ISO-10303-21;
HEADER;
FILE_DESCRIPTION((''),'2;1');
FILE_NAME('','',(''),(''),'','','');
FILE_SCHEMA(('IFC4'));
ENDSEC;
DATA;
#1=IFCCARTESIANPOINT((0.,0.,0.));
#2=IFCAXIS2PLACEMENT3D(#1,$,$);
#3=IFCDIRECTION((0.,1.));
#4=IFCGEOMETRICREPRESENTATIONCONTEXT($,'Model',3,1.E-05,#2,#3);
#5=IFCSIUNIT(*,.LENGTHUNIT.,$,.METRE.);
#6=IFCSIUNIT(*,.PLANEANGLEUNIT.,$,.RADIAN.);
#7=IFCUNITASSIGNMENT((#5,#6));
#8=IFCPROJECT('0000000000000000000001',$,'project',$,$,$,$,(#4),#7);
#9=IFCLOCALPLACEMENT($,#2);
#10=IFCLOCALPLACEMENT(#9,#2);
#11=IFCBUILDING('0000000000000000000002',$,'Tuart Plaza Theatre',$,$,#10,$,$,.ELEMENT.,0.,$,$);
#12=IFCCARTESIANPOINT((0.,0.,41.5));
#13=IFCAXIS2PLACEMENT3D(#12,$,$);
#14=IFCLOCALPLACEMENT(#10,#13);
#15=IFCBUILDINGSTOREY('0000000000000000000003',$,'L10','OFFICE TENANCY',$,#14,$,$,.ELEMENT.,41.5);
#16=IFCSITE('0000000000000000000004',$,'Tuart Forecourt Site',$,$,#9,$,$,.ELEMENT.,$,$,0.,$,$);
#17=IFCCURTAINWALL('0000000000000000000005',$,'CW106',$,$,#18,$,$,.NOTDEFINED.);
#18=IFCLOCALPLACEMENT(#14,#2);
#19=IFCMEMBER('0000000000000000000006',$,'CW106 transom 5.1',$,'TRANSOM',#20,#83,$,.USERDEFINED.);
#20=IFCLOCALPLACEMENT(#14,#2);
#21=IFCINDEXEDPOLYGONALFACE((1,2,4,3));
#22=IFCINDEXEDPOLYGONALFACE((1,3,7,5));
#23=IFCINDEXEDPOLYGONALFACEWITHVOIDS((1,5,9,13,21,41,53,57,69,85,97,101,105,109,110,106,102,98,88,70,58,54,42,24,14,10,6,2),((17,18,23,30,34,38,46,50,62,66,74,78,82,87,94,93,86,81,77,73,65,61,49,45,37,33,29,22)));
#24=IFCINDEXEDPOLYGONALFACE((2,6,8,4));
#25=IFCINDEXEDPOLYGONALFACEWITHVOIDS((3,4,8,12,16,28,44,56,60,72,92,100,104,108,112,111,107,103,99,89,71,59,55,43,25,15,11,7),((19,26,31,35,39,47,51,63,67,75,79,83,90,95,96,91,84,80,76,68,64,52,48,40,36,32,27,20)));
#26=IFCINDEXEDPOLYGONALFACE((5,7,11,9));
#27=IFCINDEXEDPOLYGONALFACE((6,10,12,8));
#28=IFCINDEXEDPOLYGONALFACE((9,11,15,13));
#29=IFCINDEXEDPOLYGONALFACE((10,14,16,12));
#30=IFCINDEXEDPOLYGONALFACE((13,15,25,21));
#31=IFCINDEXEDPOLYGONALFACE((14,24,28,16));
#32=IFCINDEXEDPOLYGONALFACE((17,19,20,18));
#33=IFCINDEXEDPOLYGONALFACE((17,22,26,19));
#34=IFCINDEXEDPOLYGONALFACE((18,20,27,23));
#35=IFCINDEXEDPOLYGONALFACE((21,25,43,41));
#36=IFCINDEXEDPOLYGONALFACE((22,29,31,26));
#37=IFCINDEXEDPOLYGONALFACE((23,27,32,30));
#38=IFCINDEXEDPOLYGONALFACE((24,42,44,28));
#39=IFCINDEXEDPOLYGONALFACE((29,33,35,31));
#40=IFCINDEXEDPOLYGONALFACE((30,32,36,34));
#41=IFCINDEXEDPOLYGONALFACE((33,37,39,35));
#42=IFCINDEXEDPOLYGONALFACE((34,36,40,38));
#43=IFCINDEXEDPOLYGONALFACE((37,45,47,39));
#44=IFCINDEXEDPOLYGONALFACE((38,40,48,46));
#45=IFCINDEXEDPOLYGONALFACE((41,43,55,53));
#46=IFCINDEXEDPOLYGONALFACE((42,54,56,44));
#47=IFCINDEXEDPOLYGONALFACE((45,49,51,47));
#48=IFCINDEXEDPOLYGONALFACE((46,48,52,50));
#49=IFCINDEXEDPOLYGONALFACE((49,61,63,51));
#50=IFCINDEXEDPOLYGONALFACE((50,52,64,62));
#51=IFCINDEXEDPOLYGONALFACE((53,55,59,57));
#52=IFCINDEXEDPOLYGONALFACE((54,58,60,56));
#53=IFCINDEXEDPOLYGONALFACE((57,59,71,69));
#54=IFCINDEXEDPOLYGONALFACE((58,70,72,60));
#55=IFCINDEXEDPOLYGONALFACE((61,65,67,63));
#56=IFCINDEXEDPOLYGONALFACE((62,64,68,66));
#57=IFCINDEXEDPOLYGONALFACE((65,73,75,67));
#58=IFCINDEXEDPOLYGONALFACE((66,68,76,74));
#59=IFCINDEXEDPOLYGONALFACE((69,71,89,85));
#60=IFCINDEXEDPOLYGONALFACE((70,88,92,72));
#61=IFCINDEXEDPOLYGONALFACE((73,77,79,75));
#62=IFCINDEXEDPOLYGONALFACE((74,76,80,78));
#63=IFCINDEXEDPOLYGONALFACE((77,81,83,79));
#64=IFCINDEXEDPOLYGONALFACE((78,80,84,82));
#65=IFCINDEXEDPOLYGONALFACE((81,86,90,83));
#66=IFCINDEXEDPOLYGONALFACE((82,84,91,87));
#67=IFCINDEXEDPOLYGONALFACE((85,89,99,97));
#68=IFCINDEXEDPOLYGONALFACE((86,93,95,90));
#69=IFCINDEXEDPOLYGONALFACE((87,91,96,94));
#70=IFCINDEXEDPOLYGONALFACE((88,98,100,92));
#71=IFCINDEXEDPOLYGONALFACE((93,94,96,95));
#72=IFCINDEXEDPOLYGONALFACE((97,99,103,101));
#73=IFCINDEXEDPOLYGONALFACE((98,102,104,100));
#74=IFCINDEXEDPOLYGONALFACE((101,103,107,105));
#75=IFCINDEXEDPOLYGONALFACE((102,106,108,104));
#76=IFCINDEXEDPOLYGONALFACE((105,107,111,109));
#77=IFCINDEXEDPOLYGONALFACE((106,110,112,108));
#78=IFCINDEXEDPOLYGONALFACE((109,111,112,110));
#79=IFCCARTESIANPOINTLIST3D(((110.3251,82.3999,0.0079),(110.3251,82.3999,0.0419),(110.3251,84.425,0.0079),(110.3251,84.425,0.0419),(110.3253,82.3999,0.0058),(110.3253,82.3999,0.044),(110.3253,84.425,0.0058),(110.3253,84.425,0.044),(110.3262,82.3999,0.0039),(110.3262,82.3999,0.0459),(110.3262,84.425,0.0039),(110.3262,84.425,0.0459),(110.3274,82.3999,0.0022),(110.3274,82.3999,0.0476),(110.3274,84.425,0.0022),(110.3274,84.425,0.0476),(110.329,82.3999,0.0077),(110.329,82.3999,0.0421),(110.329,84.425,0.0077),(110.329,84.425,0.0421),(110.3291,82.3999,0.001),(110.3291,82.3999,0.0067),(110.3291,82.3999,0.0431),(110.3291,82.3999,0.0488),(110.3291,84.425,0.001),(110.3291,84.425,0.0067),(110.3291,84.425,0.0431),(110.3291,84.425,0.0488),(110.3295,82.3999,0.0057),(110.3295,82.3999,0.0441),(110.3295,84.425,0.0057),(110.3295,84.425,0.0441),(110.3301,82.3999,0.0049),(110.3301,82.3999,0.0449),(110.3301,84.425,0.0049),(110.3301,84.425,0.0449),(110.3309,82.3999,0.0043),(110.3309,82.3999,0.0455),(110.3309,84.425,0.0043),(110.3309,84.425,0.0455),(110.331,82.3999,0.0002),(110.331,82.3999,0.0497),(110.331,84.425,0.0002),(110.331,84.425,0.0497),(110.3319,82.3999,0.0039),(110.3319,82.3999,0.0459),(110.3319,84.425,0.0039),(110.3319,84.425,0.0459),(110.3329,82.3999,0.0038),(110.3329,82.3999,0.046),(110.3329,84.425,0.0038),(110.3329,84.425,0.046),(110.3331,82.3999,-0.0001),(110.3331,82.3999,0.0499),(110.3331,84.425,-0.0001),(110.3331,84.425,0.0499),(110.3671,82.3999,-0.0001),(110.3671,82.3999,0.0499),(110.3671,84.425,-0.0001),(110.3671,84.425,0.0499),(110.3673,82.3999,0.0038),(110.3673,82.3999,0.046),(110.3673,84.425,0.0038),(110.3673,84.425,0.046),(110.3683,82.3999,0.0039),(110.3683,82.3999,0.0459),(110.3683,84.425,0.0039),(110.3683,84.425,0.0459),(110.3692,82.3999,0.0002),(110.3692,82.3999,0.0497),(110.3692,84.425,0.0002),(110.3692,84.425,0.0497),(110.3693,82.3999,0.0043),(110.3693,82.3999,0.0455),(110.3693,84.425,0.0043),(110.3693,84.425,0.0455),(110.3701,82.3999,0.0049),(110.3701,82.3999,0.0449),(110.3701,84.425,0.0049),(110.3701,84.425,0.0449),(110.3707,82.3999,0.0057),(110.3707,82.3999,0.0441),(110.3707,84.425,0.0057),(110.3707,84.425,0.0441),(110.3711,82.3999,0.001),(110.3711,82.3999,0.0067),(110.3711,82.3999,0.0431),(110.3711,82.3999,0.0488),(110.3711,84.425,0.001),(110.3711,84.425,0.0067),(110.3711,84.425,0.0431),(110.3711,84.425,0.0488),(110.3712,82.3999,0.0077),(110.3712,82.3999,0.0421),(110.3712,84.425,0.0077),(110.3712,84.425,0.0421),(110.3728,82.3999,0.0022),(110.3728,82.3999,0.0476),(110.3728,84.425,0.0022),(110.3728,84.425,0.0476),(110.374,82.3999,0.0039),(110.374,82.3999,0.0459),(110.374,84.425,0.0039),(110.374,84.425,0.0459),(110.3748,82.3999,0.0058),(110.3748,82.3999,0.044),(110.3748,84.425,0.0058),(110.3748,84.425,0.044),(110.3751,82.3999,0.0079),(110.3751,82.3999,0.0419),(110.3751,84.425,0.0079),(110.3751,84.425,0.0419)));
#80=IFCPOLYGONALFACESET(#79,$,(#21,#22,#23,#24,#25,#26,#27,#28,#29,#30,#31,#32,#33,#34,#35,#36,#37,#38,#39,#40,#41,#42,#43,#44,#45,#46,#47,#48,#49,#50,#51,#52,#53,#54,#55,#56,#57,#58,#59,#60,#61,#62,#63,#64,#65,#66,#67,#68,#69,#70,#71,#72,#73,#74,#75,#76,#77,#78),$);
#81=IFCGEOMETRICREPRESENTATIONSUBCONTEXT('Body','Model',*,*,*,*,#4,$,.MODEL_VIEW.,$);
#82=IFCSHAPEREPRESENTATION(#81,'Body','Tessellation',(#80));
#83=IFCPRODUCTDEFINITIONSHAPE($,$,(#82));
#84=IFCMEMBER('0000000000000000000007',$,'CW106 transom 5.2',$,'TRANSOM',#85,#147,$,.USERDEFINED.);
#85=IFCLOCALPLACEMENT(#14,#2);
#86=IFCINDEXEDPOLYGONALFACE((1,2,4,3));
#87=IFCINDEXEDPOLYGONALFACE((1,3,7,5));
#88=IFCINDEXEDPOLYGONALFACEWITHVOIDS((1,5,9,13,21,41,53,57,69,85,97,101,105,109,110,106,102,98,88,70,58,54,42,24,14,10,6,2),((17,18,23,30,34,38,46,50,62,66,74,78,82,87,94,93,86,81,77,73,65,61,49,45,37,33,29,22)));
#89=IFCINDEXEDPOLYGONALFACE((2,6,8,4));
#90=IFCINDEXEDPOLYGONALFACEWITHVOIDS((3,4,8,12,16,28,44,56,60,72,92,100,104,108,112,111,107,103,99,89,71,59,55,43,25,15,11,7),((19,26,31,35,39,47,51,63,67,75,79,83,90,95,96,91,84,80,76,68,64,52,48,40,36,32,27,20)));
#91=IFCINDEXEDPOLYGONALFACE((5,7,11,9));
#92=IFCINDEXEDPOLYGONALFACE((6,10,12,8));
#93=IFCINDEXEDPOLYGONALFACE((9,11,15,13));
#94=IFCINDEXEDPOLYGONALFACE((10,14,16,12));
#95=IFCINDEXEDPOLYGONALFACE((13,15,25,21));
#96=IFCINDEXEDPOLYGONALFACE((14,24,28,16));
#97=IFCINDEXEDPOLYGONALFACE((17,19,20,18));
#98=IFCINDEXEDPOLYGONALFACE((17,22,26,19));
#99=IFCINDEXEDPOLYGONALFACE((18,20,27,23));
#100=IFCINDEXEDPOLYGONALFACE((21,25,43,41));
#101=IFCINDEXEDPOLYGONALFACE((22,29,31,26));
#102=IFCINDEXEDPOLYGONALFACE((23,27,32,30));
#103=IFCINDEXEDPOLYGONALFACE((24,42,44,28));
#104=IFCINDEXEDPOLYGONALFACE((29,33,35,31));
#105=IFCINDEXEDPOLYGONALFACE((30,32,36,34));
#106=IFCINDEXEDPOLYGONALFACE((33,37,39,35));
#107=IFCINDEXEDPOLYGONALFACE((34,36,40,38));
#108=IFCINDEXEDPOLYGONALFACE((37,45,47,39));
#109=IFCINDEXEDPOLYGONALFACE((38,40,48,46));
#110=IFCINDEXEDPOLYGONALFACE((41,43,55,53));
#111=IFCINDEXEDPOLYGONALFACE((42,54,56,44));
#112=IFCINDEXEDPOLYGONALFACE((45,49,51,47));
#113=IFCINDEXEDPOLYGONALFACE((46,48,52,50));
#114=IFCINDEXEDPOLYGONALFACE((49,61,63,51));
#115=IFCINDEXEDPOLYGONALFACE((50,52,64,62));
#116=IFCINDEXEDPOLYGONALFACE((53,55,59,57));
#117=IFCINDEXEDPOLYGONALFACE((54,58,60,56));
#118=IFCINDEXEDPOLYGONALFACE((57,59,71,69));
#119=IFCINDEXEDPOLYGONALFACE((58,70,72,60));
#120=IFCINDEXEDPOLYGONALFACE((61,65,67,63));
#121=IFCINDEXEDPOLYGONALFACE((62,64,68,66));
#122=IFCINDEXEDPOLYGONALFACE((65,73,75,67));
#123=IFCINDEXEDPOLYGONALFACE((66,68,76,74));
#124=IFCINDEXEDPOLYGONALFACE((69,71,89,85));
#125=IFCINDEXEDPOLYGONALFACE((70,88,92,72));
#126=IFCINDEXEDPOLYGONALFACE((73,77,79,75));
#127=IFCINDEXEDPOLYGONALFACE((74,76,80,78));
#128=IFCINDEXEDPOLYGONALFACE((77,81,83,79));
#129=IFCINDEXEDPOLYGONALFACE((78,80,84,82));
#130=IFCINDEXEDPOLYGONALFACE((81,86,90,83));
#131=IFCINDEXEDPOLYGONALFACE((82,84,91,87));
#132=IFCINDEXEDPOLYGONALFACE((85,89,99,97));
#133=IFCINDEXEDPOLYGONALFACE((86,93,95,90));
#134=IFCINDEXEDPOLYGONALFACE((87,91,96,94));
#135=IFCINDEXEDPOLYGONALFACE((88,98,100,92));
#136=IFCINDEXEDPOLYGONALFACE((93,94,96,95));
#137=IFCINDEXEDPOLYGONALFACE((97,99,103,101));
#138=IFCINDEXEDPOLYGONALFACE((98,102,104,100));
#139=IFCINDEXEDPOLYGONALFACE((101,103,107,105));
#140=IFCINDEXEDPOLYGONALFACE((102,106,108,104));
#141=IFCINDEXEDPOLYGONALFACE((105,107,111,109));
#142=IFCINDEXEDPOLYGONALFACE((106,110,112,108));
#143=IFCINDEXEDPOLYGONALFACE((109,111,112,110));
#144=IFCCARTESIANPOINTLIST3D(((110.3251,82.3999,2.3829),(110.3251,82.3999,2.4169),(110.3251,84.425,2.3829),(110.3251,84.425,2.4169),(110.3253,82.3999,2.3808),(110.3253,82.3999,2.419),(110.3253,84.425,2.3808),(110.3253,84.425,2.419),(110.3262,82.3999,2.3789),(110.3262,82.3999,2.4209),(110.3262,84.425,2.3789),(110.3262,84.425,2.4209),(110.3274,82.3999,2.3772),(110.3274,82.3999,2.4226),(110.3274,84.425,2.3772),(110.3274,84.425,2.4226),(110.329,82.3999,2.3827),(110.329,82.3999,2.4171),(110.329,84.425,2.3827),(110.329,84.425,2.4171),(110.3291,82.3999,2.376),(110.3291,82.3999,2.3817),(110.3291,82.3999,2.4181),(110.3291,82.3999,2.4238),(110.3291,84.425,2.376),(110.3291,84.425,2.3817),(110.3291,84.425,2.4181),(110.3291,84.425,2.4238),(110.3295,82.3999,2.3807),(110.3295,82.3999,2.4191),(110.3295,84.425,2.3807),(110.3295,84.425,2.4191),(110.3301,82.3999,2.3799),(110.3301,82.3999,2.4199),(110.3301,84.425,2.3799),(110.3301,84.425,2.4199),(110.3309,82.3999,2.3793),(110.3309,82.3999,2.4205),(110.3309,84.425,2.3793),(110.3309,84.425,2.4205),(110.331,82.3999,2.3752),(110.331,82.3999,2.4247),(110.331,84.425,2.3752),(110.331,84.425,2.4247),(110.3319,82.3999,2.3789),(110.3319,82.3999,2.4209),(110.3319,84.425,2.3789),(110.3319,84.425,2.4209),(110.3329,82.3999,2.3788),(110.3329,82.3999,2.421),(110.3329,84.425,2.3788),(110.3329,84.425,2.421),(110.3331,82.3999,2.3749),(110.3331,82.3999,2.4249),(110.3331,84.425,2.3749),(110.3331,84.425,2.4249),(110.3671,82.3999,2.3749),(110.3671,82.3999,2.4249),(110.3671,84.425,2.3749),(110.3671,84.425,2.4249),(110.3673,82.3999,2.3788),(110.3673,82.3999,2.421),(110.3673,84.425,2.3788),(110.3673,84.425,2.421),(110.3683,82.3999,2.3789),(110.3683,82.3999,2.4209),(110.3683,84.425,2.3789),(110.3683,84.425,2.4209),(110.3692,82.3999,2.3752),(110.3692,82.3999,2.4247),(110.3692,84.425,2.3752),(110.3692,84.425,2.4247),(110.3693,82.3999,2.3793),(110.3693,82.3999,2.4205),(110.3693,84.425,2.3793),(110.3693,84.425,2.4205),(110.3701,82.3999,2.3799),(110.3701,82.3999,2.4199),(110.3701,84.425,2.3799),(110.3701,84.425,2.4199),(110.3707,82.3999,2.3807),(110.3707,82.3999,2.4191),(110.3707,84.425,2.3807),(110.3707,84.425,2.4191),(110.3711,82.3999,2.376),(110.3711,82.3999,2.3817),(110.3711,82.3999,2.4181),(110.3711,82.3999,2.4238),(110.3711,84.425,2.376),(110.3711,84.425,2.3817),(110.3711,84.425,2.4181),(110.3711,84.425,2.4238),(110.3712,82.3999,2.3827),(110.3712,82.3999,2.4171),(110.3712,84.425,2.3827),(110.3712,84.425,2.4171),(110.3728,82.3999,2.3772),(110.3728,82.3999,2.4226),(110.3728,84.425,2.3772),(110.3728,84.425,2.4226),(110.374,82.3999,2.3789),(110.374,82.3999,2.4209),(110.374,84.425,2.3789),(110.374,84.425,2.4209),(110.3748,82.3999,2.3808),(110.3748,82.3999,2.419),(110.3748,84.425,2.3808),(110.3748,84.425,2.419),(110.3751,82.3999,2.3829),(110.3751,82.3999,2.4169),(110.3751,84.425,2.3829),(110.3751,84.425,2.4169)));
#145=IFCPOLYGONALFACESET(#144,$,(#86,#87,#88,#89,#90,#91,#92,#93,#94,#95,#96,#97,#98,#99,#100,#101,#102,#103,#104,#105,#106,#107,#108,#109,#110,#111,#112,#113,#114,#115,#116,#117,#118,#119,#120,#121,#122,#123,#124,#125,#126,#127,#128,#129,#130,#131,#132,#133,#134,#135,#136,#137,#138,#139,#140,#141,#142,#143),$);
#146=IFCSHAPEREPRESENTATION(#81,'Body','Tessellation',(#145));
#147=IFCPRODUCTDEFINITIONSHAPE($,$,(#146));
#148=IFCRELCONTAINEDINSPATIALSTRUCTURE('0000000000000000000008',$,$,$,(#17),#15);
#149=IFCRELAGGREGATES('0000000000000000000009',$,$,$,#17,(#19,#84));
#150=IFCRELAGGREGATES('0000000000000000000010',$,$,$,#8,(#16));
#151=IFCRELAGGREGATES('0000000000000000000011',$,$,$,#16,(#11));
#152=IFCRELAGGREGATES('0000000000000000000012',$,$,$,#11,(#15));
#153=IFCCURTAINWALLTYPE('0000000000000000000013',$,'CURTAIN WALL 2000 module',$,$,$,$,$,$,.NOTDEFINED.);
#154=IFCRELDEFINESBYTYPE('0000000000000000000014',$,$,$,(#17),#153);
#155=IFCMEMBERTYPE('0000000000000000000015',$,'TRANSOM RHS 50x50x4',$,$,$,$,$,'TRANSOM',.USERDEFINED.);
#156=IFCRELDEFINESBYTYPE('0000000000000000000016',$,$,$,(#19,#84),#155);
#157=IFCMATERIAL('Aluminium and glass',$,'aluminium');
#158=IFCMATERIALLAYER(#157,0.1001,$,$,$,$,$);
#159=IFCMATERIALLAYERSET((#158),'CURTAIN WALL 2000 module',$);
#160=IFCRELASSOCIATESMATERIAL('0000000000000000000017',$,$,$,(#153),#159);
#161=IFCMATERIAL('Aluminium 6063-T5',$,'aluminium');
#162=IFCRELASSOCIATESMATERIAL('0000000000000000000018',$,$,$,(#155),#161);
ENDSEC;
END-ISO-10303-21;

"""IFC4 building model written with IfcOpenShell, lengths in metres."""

from ifc_helpers import new_model, si_unit, direction, frame, origin, origin_2d, place, context, subcontext, project, spatial, hollow_rectangle, extrude, material, layer, layer_set, material_profile, profile_set, type_object, element, aggregate, save


model = new_model("IFC4")

# Units and contexts
model_context = context("Model", 3, precision=1e-05, world=origin(), true_north=direction((0.0, 1.0)))
body_context = subcontext(model_context, "Body", "Model", "MODEL_VIEW")
ifc_project = project(units=[si_unit("LENGTHUNIT", "METRE"), si_unit("PLANEANGLEUNIT", "RADIAN")], contexts=[model_context])

# Site, building, storey
site_placement = place(None, origin())
site = spatial("IfcSite", under=ifc_project, at=site_placement, Name="Tuart Forecourt Site", CompositionType="ELEMENT", RefElevation=0.0)
building_placement = place(site_placement, origin())
building = spatial("IfcBuilding", under=site, at=building_placement, Name="Tuart Plaza Theatre", CompositionType="ELEMENT", ElevationOfRefHeight=0.0)
storey_placement = place(building_placement, frame((0.0, 0.0, 41.5)))
storey = spatial("IfcBuildingStorey", under=building, at=storey_placement, Name="L10", Description="OFFICE TENANCY", CompositionType="ELEMENT", Elevation=41.5)

# Curtain wall, members
ifc_material_1 = material(Name="Aluminium and glass", Category="aluminium")
ifc_layer_1 = layer(ifc_material_1, 0.1001)
ifc_layer_set_1 = layer_set([ifc_layer_1], Name="CURTAIN WALL 2000 module")
curtain_wall_type = type_object("IfcCurtainWallType", Name="CURTAIN WALL 2000 module", PredefinedType="NOTDEFINED", material=ifc_layer_set_1)
curtain_wall_1_placement = place(storey_placement, origin())
curtain_wall_1 = element("IfcCurtainWall", 1, at=curtain_wall_1_placement, inside=storey, type_object=curtain_wall_type, Name="CW106", PredefinedType="NOTDEFINED")
ifc_material_2 = material(Name="Aluminium 6063-T5", Category="aluminium")
ifc_material_profile_1 = material_profile(ifc_material_2, hollow_rectangle(XDim=0.05, YDim=0.05, WallThickness=0.0039, InnerFilletRadius=0.0039, OuterFilletRadius=0.0081, at=origin_2d()), Name="RHS 50x50x4")
ifc_profile_set_1 = profile_set([ifc_material_profile_1], Name="Aluminium 6063-T5")
member_type_1 = type_object("IfcMemberType", Name="TRANSOM RHS 50x50x4", ElementType="TRANSOM", PredefinedType="USERDEFINED", material=ifc_profile_set_1)
member_1_placement = place(storey_placement, frame((110.3501, 84.425, 0.0249), z_axis=(0.0, -1.0, 0.0), x_axis=(1.0, 0.0, 0.0)))
member_1 = element("IfcMember", 2, at=member_1_placement, type_object=member_type_1, Name="CW106 transom 5.1", ObjectType="TRANSOM", PredefinedType="USERDEFINED", context=body_context, shape_type="SweptSolid", body=[
    extrude(hollow_rectangle(XDim=0.05, YDim=0.05, WallThickness=0.0039, InnerFilletRadius=0.0039, OuterFilletRadius=0.0081, at=origin_2d()), origin(), (0.0, 0.0, 1.0), 2.0251),
])
member_2_placement = place(storey_placement, frame((110.3501, 84.425, 2.3999), z_axis=(0.0, -1.0, 0.0), x_axis=(1.0, 0.0, 0.0)))
member_2 = element("IfcMember", 3, at=member_2_placement, type_object=member_type_1, Name="CW106 transom 5.2", ObjectType="TRANSOM", PredefinedType="USERDEFINED", context=body_context, shape_type="SweptSolid", body=[
    extrude(hollow_rectangle(XDim=0.05, YDim=0.05, WallThickness=0.0039, InnerFilletRadius=0.0039, OuterFilletRadius=0.0081, at=origin_2d()), origin(), (0.0, 0.0, 1.0), 2.0251),
])

aggregate(curtain_wall_1, [member_1, member_2])

save(model, "model.ifc")
